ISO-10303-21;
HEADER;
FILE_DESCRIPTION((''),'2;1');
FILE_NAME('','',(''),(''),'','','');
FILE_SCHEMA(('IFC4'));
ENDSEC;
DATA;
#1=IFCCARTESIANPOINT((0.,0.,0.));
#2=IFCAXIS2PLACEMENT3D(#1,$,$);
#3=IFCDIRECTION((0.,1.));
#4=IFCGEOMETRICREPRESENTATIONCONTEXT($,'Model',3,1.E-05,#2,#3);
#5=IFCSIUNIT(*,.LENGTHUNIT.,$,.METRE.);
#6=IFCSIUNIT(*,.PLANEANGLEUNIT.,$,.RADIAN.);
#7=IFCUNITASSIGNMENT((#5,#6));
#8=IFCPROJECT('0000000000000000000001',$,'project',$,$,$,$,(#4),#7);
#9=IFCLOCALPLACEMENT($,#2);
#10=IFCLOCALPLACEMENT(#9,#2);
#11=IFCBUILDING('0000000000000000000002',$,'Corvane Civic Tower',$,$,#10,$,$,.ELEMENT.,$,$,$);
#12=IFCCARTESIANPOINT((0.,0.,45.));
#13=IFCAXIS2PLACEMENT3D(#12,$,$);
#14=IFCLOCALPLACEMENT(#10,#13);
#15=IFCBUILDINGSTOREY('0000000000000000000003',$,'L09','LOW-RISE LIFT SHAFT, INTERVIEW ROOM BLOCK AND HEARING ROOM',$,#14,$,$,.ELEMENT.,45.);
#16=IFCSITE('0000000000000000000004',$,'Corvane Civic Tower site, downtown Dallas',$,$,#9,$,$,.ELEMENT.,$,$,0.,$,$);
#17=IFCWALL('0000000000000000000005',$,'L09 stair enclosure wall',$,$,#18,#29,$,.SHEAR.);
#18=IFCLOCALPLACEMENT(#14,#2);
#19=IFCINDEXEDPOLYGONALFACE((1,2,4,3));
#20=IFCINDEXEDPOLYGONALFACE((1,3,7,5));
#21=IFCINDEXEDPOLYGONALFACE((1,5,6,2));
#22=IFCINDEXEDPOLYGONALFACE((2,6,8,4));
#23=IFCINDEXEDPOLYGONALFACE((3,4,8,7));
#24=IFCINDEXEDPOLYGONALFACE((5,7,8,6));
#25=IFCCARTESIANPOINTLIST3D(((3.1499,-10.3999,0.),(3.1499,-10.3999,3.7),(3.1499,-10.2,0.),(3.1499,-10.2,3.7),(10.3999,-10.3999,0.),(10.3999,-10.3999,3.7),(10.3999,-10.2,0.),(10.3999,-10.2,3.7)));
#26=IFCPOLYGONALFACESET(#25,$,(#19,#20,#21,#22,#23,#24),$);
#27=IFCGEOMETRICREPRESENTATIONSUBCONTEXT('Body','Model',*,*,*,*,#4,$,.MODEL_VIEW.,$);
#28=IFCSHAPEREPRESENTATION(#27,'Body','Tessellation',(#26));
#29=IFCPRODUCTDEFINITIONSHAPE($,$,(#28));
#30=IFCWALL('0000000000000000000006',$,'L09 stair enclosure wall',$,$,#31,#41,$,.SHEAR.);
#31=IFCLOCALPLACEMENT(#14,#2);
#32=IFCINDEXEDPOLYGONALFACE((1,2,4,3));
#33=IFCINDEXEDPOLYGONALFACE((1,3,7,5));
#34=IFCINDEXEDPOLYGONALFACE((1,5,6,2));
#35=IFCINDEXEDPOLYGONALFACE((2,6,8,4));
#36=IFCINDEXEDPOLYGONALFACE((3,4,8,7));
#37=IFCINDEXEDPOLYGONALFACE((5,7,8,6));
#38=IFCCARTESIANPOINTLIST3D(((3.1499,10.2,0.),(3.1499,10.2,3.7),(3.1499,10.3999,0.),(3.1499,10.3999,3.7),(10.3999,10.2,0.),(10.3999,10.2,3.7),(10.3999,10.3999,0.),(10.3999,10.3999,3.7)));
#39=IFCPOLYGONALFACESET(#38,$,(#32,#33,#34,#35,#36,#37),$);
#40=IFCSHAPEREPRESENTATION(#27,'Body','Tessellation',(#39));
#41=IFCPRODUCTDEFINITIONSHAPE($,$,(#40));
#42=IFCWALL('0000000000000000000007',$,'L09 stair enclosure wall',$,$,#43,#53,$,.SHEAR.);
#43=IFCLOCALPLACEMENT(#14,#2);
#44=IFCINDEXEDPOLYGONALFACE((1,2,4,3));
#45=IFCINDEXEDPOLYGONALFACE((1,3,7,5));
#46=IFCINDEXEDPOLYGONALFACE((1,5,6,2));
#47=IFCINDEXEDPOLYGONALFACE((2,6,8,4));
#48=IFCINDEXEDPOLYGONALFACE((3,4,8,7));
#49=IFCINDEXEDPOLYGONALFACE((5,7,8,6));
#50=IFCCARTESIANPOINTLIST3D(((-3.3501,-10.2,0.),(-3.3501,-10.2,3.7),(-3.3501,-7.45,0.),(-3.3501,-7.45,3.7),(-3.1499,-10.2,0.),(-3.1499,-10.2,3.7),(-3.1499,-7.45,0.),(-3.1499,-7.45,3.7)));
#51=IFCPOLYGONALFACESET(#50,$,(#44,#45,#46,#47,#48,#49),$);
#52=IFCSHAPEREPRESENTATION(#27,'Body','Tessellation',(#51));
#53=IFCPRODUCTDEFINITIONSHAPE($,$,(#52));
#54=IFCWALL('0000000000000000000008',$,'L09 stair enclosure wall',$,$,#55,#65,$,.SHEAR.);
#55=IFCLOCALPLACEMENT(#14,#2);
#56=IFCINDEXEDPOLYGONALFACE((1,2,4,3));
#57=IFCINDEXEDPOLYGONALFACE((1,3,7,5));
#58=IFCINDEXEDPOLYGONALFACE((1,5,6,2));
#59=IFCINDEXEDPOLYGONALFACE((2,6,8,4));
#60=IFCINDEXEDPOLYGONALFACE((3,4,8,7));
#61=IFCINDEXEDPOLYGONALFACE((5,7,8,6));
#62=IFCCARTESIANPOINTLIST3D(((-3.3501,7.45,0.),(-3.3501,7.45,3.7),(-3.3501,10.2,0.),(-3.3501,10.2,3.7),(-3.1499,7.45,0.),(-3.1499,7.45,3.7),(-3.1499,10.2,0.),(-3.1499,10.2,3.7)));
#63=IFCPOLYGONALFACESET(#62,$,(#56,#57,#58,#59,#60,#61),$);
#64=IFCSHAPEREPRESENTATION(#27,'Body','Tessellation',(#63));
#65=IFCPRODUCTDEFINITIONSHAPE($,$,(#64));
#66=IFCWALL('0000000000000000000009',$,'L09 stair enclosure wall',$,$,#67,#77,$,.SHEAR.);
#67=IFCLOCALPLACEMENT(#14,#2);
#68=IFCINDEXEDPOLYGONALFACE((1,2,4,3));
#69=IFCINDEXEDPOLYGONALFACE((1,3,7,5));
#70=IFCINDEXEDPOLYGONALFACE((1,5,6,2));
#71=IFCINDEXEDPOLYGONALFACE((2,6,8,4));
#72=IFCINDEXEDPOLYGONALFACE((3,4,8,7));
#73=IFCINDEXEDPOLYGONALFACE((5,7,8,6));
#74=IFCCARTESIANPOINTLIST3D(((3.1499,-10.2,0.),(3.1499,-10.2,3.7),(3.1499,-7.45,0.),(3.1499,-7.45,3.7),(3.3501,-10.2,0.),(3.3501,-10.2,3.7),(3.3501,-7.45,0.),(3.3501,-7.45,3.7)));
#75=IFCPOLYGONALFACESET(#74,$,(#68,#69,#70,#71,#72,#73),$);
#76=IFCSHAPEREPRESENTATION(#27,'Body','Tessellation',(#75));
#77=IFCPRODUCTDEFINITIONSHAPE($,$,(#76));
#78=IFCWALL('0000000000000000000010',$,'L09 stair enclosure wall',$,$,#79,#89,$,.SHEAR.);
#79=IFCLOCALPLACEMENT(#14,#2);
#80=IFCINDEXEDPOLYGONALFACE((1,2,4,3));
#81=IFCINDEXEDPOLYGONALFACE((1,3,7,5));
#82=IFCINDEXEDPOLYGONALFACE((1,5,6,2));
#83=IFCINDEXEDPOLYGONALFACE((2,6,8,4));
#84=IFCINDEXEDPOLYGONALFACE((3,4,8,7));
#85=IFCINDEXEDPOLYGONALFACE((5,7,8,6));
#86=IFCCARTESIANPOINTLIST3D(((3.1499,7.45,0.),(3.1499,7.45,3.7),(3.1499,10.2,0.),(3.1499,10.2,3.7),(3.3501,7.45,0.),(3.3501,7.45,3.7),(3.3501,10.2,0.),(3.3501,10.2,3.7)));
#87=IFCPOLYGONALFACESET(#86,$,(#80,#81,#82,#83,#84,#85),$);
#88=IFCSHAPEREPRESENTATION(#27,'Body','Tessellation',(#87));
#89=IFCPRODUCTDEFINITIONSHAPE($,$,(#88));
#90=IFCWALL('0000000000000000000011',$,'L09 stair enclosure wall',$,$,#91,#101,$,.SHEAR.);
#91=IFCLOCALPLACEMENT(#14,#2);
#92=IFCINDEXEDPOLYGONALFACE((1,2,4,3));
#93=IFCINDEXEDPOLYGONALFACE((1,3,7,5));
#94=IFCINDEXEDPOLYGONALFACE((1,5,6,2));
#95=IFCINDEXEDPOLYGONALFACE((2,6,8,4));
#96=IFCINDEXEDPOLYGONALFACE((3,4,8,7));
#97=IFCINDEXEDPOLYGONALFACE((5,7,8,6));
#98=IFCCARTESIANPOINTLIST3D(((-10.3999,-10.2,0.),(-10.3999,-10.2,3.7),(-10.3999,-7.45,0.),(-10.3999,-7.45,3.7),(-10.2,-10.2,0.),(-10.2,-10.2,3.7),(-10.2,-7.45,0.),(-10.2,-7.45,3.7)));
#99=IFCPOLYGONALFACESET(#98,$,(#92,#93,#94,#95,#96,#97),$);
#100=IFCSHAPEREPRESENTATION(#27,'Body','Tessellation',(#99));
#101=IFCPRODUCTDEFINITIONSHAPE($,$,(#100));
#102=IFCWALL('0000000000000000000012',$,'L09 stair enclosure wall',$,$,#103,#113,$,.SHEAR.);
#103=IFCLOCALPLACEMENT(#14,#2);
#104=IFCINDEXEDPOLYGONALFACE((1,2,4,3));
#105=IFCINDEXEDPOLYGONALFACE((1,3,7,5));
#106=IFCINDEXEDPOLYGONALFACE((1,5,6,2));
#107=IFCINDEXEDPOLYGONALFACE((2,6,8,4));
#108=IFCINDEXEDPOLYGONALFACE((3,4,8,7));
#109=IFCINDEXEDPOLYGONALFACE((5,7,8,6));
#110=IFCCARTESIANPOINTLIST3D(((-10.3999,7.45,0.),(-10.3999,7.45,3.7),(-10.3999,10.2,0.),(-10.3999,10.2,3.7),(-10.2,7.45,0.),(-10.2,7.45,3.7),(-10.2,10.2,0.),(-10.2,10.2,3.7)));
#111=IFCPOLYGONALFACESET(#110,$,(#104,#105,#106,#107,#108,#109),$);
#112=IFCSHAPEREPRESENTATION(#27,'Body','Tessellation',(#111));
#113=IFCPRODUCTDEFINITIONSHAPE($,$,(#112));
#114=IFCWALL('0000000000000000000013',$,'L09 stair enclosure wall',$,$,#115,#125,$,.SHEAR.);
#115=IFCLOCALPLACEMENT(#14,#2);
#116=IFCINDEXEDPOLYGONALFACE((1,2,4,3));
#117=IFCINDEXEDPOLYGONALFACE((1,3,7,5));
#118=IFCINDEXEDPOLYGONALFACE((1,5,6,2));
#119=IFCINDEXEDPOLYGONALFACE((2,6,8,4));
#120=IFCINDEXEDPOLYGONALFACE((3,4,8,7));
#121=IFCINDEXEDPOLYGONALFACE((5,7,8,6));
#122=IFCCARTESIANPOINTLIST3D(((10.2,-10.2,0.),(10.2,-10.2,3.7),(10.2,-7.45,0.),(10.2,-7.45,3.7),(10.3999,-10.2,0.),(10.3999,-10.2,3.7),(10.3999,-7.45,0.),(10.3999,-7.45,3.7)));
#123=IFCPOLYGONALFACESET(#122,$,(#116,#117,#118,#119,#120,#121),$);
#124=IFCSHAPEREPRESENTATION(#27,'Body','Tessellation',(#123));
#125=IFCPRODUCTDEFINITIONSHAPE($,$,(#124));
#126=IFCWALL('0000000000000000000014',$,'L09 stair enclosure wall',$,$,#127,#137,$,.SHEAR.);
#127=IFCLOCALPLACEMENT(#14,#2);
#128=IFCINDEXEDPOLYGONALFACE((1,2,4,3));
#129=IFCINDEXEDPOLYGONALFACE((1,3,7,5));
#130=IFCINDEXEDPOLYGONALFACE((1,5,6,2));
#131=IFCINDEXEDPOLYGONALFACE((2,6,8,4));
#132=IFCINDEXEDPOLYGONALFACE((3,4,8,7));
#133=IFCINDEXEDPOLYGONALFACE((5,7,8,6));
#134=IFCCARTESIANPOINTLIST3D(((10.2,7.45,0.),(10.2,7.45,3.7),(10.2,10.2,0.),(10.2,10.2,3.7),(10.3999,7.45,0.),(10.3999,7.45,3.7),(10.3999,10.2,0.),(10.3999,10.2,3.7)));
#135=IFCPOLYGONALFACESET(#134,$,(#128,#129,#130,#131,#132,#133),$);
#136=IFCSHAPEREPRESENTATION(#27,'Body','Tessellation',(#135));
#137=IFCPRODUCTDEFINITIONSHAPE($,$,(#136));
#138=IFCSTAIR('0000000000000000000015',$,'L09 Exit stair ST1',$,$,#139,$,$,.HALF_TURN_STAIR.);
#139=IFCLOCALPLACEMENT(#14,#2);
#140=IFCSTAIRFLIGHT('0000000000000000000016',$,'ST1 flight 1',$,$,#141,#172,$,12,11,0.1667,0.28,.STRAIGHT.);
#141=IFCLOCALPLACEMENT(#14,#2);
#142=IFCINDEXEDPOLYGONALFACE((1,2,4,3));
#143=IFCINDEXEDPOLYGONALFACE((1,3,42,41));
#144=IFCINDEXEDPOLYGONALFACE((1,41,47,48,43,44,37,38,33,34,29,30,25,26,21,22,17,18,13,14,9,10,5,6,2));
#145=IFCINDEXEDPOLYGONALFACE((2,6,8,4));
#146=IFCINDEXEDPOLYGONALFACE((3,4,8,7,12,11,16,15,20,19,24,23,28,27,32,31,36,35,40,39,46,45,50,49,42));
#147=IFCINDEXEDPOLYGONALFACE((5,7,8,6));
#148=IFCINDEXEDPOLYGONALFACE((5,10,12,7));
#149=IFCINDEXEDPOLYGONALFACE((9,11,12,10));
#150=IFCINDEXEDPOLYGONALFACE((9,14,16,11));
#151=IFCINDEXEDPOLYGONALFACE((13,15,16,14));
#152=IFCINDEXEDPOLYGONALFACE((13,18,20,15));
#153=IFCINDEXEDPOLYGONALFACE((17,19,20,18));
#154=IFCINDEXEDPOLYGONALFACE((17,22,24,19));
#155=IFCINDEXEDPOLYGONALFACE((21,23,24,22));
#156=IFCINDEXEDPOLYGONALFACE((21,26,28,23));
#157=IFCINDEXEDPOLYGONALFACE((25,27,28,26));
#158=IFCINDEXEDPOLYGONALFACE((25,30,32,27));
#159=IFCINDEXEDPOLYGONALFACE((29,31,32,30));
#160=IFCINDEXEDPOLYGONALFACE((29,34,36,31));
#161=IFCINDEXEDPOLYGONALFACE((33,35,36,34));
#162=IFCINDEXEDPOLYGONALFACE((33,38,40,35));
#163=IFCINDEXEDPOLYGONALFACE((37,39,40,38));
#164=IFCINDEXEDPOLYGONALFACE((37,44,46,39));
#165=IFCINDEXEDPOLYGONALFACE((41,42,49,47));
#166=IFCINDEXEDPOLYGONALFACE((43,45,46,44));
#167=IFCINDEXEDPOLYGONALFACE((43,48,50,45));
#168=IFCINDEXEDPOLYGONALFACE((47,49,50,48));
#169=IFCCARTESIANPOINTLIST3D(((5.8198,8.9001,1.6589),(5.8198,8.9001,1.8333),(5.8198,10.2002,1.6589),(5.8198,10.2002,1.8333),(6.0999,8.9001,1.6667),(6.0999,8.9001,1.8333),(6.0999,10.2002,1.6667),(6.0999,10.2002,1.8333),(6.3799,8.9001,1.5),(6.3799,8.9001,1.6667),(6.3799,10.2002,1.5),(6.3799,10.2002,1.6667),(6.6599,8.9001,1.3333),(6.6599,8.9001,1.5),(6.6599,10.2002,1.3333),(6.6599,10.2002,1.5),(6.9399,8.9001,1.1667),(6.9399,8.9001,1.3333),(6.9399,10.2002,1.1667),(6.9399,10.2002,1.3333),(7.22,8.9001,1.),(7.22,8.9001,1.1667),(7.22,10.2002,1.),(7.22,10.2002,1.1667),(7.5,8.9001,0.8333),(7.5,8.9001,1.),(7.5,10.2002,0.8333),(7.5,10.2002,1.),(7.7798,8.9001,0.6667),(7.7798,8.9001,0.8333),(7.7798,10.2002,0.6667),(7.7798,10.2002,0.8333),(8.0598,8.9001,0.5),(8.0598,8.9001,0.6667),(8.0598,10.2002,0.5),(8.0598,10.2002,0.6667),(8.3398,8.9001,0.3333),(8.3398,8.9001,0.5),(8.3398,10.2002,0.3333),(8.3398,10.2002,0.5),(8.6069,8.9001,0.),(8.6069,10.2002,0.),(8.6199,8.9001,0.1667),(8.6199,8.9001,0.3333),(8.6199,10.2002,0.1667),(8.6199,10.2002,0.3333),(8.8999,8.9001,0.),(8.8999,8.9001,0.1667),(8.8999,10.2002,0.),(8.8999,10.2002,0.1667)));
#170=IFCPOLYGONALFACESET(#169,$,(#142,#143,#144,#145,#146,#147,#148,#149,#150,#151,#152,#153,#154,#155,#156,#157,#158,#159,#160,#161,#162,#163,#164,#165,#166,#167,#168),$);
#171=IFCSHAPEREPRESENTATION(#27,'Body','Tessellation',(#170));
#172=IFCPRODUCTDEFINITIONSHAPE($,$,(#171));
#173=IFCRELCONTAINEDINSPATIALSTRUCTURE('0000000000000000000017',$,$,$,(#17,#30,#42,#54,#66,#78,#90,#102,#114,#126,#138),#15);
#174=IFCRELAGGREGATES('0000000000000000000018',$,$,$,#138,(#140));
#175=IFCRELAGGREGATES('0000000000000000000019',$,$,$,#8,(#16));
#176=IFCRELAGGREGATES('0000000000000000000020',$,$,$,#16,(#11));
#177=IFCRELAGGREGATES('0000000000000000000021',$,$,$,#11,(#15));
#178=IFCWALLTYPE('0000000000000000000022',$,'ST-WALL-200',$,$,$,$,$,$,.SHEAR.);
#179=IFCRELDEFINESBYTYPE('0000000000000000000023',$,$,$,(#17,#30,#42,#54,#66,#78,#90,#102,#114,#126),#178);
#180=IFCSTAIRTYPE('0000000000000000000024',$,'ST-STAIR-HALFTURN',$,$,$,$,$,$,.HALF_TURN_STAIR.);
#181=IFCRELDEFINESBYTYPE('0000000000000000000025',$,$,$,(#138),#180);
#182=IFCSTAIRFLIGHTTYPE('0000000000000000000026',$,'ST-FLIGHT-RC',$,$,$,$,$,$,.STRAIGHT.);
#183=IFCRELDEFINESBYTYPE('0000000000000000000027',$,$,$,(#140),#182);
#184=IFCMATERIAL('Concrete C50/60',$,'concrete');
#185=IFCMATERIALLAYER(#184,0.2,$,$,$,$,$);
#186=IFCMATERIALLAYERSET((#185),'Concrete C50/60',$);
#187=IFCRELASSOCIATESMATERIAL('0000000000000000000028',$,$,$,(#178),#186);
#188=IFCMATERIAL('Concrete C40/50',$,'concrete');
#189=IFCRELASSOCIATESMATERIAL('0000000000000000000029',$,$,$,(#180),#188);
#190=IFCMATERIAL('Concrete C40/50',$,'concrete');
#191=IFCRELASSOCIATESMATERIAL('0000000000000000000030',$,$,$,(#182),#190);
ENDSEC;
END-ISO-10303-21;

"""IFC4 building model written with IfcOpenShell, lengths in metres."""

from ifc_helpers import new_model, si_unit, direction, frame, origin, place, context, subcontext, project, spatial, polyline, outline, extrude, material, layer, layer_set, type_object, element, aggregate, save


model = new_model("IFC4")

# Units and contexts
model_context = context("Model", 3, precision=1e-05, world=origin(), true_north=direction((0.0, 1.0)))
body_context = subcontext(model_context, "Body", "Model", "MODEL_VIEW")
ifc_project = project(units=[si_unit("LENGTHUNIT", "METRE"), si_unit("PLANEANGLEUNIT", "RADIAN")], contexts=[model_context])

# Site, building, storey
site_placement = place(None, origin())
site = spatial("IfcSite", under=ifc_project, at=site_placement, Name="Corvane Civic Tower site, downtown Dallas", CompositionType="ELEMENT", RefElevation=0.0)
building_placement = place(site_placement, origin())
building = spatial("IfcBuilding", under=site, at=building_placement, Name="Corvane Civic Tower", CompositionType="ELEMENT")
storey_placement = place(building_placement, frame((0.0, 0.0, 45.0)))
storey = spatial("IfcBuildingStorey", under=building, at=storey_placement, Name="L09", Description="LOW-RISE LIFT SHAFT, INTERVIEW ROOM BLOCK AND HEARING ROOM", CompositionType="ELEMENT", Elevation=45.0)

# Shared definitions
ifc_material_1 = material(Name="Concrete C50/60", Category="concrete")
ifc_layer_1 = layer(ifc_material_1, 0.2)
ifc_layer_set_1 = layer_set([ifc_layer_1], Name="Concrete C50/60")
wall_type_1 = type_object("IfcWallType", Name="ST-WALL-200", PredefinedType="SHEAR", material=ifc_layer_set_1)

# Walls
wall_1_placement = place(storey_placement, origin())
element("IfcWall", 1, at=wall_1_placement, inside=storey, type_object=wall_type_1, Name="L09 stair enclosure wall", PredefinedType="SHEAR", context=body_context, shape_type="SweptSolid", body=[
    extrude(outline(polyline([(10.3999, -10.3999), (3.1499, -10.3999), (3.1499, -10.2), (10.3999, -10.2), (10.3999, -10.3999)])), origin(), (0.0, 0.0, 1.0), 3.7),
])
wall_2_placement = place(storey_placement, origin())
element("IfcWall", 2, at=wall_2_placement, inside=storey, type_object=wall_type_1, Name="L09 stair enclosure wall", PredefinedType="SHEAR", context=body_context, shape_type="SweptSolid", body=[
    extrude(outline(polyline([(10.3999, 10.2), (3.1499, 10.2), (3.1499, 10.3999), (10.3999, 10.3999), (10.3999, 10.2)])), origin(), (0.0, 0.0, 1.0), 3.7),
])
wall_3_placement = place(storey_placement, origin())
element("IfcWall", 3, at=wall_3_placement, inside=storey, type_object=wall_type_1, Name="L09 stair enclosure wall", PredefinedType="SHEAR", context=body_context, shape_type="SweptSolid", body=[
    extrude(outline(polyline([(-3.1499, -7.45), (-3.1499, -10.2), (-3.3501, -10.2), (-3.3501, -7.45), (-3.1499, -7.45)])), origin(), (0.0, 0.0, 1.0), 3.7),
])
wall_4_placement = place(storey_placement, origin())
element("IfcWall", 4, at=wall_4_placement, inside=storey, type_object=wall_type_1, Name="L09 stair enclosure wall", PredefinedType="SHEAR", context=body_context, shape_type="SweptSolid", body=[
    extrude(outline(polyline([(-3.1499, 7.45), (-3.3501, 7.45), (-3.3501, 10.2), (-3.1499, 10.2), (-3.1499, 7.45)])), origin(), (0.0, 0.0, 1.0), 3.7),
])
wall_5_placement = place(storey_placement, origin())
element("IfcWall", 5, at=wall_5_placement, inside=storey, type_object=wall_type_1, Name="L09 stair enclosure wall", PredefinedType="SHEAR", context=body_context, shape_type="SweptSolid", body=[
    extrude(outline(polyline([(3.3501, -7.45), (3.3501, -10.2), (3.1499, -10.2), (3.1499, -7.45), (3.3501, -7.45)])), origin(), (0.0, 0.0, 1.0), 3.7),
])
wall_6_placement = place(storey_placement, origin())
element("IfcWall", 6, at=wall_6_placement, inside=storey, type_object=wall_type_1, Name="L09 stair enclosure wall", PredefinedType="SHEAR", context=body_context, shape_type="SweptSolid", body=[
    extrude(outline(polyline([(3.3501, 7.45), (3.1499, 7.45), (3.1499, 10.2), (3.3501, 10.2), (3.3501, 7.45)])), origin(), (0.0, 0.0, 1.0), 3.7),
])
wall_7_placement = place(storey_placement, origin())
element("IfcWall", 7, at=wall_7_placement, inside=storey, type_object=wall_type_1, Name="L09 stair enclosure wall", PredefinedType="SHEAR", context=body_context, shape_type="SweptSolid", body=[
    extrude(outline(polyline([(-10.2, -7.45), (-10.2, -10.2), (-10.3999, -10.2), (-10.3999, -7.45), (-10.2, -7.45)])), origin(), (0.0, 0.0, 1.0), 3.7),
])
wall_8_placement = place(storey_placement, origin())
element("IfcWall", 8, at=wall_8_placement, inside=storey, type_object=wall_type_1, Name="L09 stair enclosure wall", PredefinedType="SHEAR", context=body_context, shape_type="SweptSolid", body=[
    extrude(outline(polyline([(-10.2, 7.45), (-10.3999, 7.45), (-10.3999, 10.2), (-10.2, 10.2), (-10.2, 7.45)])), origin(), (0.0, 0.0, 1.0), 3.7),
])
wall_9_placement = place(storey_placement, origin())
element("IfcWall", 9, at=wall_9_placement, inside=storey, type_object=wall_type_1, Name="L09 stair enclosure wall", PredefinedType="SHEAR", context=body_context, shape_type="SweptSolid", body=[
    extrude(outline(polyline([(10.3999, -7.45), (10.3999, -10.2), (10.2, -10.2), (10.2, -7.45), (10.3999, -7.45)])), origin(), (0.0, 0.0, 1.0), 3.7),
])
wall_10_placement = place(storey_placement, origin())
element("IfcWall", 10, at=wall_10_placement, inside=storey, type_object=wall_type_1, Name="L09 stair enclosure wall", PredefinedType="SHEAR", context=body_context, shape_type="SweptSolid", body=[
    extrude(outline(polyline([(10.3999, 7.45), (10.2, 7.45), (10.2, 10.2), (10.3999, 10.2), (10.3999, 7.45)])), origin(), (0.0, 0.0, 1.0), 3.7),
])

# Stair, stair flight
ifc_material_2 = material(Name="Concrete C40/50", Category="concrete")
stair_type = type_object("IfcStairType", Name="ST-STAIR-HALFTURN", PredefinedType="HALF_TURN_STAIR", material=ifc_material_2)
stair_placement = place(storey_placement, origin())
stair = element("IfcStair", 11, at=stair_placement, inside=storey, type_object=stair_type, Name="L09 Exit stair ST1", PredefinedType="HALF_TURN_STAIR")
ifc_material_3 = material(Name="Concrete C40/50", Category="concrete")
stair_flight_type = type_object("IfcStairFlightType", Name="ST-FLIGHT-RC", PredefinedType="STRAIGHT", material=ifc_material_3)
stair_flight_1_placement = place(storey_placement, frame((8.8999, 9.55, 0.0), z_axis=(0.0, 0.0, 1.0), x_axis=(-1.0, 0.0, 0.0)))
stair_flight_1 = element("IfcStairFlight", 12, at=stair_flight_1_placement, type_object=stair_flight_type, Name="ST1 flight 1", NumberOfRisers=12, NumberOfTreads=11, PredefinedType="STRAIGHT", RiserHeight=0.1667, TreadLength=0.28, context=body_context, shape_type="SweptSolid", body=[
    extrude(outline(polyline([(0.0, 0.0), (0.0, 0.1667), (0.28, 0.1667), (0.28, 0.3333), (0.5601, 0.3333), (0.5601, 0.5), (0.8401, 0.5), (0.8401, 0.6667), (1.1201, 0.6667), (1.1201, 0.8333), (1.3999, 0.8333), (1.3999, 1.0), (1.6799, 1.0), (1.6799, 1.1667), (1.96, 1.1667), (1.96, 1.3333), (2.24, 1.3333), (2.24, 1.5), (2.52, 1.5), (2.52, 1.6667), (2.8, 1.6667), (2.8, 1.8333), (3.0801, 1.8333), (3.0801, 2.0), (3.0801, 1.6589), (0.293, 0.0), (0.0, 0.0)])), frame((0.0, 0.6499, 0.0), z_axis=(0.0, -1.0, 0.0), x_axis=(1.0, 0.0, 0.0)), (0.0, 0.0, 1.0), 1.3),
])
aggregate(stair, [stair_flight_1])

save(model, "model.ifc")
